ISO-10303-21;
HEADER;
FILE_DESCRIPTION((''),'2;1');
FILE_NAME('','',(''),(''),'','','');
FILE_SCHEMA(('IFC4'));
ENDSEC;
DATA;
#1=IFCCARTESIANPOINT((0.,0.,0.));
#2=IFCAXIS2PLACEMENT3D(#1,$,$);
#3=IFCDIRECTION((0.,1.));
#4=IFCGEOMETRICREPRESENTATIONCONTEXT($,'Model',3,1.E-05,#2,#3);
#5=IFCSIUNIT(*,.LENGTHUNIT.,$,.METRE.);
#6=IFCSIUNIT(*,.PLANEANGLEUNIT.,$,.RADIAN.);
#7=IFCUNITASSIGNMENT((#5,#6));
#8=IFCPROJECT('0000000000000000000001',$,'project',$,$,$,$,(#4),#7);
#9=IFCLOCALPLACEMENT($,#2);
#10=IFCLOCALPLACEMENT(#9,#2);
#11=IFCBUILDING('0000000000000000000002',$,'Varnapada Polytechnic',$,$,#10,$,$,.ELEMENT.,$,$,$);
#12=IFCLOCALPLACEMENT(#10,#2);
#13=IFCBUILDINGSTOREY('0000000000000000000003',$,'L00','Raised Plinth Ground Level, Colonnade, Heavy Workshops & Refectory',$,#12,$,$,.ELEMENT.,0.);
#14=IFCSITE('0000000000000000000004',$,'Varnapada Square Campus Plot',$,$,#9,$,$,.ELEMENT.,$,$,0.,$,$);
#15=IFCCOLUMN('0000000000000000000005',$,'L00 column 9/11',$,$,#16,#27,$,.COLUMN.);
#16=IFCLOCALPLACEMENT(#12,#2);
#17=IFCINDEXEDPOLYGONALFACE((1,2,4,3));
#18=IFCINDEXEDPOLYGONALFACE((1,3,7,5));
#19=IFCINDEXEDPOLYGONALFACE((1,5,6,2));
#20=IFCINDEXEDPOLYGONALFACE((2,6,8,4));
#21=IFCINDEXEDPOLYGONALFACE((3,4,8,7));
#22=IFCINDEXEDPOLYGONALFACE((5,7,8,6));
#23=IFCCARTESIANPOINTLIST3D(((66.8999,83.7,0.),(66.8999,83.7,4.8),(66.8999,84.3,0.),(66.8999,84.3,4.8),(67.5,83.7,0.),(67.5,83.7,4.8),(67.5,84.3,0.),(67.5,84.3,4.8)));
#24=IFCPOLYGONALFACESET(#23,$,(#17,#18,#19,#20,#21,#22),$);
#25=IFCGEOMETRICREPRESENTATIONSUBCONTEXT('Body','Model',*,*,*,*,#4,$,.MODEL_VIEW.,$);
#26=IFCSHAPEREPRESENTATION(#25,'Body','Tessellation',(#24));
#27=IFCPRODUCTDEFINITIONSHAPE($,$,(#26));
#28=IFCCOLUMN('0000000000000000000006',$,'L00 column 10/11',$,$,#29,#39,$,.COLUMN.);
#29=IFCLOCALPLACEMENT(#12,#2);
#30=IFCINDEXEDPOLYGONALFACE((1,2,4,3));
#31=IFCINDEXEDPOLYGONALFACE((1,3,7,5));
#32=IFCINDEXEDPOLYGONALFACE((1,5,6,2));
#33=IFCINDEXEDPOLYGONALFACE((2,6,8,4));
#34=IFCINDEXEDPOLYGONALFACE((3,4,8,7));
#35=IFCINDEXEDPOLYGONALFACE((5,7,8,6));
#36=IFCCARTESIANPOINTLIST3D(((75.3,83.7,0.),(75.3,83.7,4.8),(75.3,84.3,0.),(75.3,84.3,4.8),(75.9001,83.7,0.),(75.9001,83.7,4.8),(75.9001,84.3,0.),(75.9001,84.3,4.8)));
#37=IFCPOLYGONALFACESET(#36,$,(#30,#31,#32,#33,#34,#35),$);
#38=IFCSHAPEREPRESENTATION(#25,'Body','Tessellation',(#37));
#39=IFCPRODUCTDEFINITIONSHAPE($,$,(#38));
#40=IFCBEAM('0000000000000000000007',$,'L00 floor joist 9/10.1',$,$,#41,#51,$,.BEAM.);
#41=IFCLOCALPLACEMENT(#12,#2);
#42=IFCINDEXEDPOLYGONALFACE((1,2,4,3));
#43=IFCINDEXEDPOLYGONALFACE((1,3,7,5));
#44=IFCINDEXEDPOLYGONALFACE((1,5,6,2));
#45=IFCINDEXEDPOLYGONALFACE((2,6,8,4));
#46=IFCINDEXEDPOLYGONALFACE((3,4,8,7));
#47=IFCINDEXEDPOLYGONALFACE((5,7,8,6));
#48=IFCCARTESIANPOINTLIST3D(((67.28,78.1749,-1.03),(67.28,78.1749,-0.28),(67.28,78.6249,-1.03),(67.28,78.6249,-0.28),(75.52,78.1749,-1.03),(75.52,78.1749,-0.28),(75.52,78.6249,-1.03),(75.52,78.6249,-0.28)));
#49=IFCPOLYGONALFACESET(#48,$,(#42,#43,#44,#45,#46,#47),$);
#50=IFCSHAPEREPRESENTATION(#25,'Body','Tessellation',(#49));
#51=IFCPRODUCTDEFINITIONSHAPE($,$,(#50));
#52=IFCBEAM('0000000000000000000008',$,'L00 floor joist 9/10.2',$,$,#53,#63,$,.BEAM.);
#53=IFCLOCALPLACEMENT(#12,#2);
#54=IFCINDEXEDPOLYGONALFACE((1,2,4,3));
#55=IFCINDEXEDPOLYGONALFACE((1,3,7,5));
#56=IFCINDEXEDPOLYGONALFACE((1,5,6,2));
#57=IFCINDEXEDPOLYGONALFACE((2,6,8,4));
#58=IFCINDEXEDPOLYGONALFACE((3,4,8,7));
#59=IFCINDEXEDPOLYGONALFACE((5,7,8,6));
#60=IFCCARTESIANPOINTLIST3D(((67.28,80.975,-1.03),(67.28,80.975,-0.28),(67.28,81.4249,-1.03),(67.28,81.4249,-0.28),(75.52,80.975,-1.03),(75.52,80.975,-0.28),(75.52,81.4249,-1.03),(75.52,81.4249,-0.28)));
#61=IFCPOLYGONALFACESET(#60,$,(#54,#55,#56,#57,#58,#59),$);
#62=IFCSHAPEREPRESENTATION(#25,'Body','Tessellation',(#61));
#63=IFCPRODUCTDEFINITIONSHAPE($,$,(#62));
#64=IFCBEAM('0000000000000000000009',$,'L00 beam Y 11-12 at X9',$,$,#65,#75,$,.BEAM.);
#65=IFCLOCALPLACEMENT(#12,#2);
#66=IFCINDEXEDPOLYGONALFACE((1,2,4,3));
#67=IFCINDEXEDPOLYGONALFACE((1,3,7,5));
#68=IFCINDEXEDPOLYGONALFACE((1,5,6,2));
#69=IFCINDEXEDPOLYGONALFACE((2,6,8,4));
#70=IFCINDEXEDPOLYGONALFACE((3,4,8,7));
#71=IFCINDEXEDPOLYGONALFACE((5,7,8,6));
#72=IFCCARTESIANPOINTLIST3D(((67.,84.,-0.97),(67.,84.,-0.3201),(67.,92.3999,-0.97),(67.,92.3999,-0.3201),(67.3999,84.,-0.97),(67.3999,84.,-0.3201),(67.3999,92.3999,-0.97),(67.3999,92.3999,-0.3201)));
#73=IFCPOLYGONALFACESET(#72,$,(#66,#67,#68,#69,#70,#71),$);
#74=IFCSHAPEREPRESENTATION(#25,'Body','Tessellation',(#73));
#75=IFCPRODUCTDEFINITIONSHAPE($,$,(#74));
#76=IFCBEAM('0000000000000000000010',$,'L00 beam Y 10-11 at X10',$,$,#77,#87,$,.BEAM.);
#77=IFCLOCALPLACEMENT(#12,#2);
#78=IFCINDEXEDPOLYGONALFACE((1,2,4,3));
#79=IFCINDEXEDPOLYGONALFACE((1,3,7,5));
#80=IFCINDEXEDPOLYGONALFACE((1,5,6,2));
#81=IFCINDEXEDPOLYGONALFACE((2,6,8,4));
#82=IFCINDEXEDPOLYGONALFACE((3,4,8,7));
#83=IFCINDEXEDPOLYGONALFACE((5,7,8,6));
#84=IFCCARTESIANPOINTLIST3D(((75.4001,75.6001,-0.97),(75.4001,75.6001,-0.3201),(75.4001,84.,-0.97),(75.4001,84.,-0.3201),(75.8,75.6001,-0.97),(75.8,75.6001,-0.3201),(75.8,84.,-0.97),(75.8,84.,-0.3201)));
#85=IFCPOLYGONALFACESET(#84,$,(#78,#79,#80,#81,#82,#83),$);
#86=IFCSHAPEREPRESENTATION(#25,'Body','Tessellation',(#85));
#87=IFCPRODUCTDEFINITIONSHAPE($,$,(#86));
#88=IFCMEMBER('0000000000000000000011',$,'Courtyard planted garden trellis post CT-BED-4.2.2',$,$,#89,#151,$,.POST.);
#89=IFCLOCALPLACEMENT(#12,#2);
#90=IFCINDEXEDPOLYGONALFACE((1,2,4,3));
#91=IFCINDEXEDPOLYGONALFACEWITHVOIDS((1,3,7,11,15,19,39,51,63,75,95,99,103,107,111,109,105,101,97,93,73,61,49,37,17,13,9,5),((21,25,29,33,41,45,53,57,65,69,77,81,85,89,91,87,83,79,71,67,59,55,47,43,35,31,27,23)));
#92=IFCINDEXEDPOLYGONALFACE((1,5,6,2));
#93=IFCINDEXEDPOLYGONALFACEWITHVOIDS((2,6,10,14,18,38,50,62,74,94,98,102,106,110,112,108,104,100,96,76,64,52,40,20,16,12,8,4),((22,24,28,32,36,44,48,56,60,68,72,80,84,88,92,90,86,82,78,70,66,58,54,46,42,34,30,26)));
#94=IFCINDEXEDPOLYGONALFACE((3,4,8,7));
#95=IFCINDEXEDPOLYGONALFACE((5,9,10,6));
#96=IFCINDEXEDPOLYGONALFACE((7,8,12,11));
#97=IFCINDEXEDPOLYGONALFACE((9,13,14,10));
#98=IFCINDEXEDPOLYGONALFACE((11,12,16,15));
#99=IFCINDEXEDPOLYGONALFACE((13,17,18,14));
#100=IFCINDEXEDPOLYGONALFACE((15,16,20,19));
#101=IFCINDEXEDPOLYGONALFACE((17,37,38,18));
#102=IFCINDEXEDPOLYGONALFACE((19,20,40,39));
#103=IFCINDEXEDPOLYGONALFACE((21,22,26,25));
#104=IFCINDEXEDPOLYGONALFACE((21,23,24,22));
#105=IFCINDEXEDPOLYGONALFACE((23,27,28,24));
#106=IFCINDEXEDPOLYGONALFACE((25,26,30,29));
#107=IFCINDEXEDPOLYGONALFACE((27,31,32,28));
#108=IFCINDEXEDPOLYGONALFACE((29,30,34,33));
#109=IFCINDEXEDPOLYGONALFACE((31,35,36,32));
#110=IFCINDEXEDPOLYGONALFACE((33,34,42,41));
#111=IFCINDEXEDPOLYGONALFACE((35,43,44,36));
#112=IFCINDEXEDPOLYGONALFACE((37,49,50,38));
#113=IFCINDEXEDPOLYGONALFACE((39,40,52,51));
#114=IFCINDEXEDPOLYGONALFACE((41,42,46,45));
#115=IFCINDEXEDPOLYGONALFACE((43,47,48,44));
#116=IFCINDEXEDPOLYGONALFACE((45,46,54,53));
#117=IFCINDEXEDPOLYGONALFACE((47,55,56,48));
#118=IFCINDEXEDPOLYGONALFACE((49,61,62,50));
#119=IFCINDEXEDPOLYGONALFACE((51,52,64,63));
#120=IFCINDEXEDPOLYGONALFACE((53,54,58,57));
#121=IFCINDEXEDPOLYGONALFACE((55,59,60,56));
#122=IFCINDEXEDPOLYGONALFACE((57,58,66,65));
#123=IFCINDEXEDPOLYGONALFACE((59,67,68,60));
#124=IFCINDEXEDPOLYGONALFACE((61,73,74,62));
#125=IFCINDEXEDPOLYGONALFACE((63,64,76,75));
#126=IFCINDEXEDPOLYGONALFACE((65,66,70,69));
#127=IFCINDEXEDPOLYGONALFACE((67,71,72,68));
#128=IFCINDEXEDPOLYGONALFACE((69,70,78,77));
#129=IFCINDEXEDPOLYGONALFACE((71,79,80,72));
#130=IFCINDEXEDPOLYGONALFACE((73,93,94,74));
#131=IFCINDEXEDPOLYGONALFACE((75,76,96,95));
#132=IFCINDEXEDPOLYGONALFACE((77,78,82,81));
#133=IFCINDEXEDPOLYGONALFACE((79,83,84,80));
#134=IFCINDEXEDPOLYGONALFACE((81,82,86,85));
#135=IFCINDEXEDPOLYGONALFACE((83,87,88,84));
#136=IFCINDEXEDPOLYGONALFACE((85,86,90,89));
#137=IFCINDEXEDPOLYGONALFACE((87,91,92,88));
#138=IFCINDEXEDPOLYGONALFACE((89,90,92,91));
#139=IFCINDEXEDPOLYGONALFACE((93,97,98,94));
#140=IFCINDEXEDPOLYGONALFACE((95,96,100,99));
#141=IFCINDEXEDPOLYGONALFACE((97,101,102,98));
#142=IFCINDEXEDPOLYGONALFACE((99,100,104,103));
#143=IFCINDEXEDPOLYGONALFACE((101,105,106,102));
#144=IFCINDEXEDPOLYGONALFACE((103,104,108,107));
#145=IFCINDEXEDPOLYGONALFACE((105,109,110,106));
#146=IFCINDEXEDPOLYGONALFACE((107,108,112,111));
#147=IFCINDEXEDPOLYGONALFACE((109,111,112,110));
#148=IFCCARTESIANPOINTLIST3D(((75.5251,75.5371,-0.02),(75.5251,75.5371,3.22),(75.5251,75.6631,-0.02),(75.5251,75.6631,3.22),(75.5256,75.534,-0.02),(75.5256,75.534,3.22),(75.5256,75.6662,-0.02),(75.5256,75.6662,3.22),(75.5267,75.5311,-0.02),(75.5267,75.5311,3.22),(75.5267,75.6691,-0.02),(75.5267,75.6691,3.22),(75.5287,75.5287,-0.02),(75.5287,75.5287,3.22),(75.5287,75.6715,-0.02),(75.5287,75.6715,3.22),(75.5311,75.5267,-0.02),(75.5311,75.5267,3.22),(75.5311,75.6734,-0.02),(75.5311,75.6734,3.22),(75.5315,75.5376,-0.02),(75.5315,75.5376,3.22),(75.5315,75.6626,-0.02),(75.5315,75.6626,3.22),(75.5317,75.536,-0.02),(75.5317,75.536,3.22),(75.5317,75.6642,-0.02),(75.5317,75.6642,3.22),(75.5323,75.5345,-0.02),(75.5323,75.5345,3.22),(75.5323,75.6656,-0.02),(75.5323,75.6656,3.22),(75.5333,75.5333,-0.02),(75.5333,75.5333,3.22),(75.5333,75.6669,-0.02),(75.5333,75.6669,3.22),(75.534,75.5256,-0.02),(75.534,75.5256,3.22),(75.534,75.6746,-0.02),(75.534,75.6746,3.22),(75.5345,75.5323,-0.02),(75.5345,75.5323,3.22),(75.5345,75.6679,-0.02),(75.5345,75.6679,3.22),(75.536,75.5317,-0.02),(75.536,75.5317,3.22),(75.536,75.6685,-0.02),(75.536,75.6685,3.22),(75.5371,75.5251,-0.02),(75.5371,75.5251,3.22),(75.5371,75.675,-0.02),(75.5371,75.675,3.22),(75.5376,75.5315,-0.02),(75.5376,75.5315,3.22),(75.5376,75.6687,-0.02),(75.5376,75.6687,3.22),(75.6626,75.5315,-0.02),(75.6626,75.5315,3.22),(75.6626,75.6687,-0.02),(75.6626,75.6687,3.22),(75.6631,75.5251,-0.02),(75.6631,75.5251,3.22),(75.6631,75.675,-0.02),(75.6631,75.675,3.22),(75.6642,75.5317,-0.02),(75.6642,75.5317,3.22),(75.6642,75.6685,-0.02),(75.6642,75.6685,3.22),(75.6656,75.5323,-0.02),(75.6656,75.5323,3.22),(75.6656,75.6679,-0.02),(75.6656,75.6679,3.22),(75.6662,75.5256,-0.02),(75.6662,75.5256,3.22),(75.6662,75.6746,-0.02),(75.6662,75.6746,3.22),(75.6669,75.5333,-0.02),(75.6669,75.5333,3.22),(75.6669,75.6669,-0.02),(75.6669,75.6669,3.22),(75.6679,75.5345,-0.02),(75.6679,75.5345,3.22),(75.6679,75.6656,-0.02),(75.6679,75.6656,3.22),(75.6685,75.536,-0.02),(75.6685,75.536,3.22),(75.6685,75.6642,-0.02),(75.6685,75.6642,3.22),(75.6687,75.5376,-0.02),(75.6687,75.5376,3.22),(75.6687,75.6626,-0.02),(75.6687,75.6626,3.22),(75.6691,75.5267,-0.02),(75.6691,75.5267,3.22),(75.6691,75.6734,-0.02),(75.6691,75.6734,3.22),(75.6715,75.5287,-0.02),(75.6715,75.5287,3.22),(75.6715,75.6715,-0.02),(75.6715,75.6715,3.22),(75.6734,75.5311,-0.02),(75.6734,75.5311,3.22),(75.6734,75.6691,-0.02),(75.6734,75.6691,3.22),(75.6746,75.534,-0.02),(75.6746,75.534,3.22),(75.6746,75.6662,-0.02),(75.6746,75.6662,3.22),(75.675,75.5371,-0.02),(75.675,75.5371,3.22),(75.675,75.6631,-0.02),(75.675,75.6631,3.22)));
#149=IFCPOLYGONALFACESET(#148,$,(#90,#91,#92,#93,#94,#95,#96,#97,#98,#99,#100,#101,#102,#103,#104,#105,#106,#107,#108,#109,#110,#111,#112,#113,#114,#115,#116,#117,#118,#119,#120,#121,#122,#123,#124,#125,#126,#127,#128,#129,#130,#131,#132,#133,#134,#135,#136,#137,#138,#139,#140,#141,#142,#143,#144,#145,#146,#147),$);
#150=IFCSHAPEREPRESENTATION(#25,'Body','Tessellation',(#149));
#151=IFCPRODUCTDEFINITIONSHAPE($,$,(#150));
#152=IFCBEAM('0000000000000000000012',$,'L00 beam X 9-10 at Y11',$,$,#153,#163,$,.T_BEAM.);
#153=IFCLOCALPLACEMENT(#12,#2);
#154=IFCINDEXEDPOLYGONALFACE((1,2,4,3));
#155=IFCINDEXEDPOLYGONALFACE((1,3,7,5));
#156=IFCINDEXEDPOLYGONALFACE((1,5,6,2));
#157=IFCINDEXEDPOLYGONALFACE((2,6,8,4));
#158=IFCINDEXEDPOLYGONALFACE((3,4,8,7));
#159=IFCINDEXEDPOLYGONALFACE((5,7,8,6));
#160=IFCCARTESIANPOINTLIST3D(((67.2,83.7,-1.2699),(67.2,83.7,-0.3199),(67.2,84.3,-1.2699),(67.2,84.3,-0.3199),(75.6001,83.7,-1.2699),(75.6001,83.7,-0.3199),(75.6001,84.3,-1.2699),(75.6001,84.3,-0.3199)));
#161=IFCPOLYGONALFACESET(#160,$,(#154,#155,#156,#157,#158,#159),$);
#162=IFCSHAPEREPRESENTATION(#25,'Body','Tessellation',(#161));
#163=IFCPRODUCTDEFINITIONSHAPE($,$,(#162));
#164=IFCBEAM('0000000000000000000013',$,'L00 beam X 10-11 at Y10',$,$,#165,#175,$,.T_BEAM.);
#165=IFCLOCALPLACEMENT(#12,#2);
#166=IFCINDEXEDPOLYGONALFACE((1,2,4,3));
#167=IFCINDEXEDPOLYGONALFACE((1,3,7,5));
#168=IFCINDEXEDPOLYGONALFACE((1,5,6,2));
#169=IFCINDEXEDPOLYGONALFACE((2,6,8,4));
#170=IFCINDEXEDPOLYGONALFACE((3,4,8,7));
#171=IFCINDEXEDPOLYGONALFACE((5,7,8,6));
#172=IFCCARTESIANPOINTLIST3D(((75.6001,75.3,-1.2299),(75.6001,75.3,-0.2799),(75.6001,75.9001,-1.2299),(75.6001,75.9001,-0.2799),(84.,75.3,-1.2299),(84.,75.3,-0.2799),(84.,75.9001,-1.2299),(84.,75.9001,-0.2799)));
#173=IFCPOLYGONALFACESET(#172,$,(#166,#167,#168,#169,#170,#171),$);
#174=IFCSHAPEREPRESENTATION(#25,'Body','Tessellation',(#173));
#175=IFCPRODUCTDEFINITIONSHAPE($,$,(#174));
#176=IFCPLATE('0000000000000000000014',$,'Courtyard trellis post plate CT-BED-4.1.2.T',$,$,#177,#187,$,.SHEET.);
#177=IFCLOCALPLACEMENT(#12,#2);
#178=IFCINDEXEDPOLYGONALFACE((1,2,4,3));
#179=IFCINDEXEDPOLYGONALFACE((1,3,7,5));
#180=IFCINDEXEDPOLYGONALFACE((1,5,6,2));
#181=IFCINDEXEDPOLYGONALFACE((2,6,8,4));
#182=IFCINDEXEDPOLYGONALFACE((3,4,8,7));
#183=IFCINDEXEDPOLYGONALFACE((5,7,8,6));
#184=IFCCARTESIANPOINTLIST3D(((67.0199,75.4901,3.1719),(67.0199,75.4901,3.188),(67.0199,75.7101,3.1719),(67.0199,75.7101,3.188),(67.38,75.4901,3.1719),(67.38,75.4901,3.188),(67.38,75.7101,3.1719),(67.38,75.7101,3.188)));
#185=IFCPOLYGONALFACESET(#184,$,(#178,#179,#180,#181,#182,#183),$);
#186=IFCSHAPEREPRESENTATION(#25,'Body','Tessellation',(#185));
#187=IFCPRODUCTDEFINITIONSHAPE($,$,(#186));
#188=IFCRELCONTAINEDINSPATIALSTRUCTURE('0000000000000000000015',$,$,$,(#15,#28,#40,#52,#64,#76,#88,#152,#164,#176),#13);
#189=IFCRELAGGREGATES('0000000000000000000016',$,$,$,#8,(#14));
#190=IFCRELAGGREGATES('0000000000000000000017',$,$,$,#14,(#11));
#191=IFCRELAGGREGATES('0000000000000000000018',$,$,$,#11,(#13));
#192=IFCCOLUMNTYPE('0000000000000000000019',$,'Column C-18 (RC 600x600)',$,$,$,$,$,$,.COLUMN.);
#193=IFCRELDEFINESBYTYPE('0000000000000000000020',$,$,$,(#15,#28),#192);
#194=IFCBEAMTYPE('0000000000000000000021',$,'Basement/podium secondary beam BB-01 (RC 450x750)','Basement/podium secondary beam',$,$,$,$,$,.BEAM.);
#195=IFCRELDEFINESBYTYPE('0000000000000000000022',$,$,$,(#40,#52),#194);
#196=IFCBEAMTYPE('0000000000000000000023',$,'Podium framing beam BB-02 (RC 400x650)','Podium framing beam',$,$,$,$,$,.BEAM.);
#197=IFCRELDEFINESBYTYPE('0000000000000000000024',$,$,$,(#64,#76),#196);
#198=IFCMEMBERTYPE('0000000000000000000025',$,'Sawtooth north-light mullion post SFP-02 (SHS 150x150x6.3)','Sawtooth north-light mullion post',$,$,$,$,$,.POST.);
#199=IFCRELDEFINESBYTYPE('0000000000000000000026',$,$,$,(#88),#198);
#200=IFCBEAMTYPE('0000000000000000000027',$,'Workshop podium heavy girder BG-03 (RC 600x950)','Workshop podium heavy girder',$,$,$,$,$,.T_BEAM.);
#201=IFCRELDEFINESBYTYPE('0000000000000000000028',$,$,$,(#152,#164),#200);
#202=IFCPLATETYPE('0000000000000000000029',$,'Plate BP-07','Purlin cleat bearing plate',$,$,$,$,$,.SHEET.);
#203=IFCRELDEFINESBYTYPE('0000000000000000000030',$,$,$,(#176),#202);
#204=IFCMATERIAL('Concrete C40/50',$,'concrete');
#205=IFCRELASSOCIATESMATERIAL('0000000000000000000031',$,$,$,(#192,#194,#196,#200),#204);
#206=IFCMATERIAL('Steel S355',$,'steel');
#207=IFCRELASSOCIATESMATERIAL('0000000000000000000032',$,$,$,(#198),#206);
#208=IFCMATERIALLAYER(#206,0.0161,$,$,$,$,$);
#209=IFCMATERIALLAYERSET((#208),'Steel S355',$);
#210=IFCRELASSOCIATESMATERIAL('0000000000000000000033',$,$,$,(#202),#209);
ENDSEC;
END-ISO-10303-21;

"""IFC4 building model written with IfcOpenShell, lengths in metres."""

from ifc_helpers import new_model, si_unit, direction, frame, origin, origin_2d, place, context, subcontext, project, spatial, rectangle, hollow_rectangle, extrude, material, layer, layer_set, material_profile, profile_set, type_object, element, save


model = new_model("IFC4")

# Units and contexts
model_context = context("Model", 3, precision=1e-05, world=origin(), true_north=direction((0.0, 1.0)))
body_context = subcontext(model_context, "Body", "Model", "MODEL_VIEW")
ifc_project = project(units=[si_unit("LENGTHUNIT", "METRE"), si_unit("PLANEANGLEUNIT", "RADIAN")], contexts=[model_context])

# Site, building, storey
site_placement = place(None, origin())
site = spatial("IfcSite", under=ifc_project, at=site_placement, Name="Varnapada Square Campus Plot", CompositionType="ELEMENT", RefElevation=0.0)
building_placement = place(site_placement, origin())
building = spatial("IfcBuilding", under=site, at=building_placement, Name="Varnapada Polytechnic", CompositionType="ELEMENT")
storey_placement = place(building_placement, origin())
storey = spatial("IfcBuildingStorey", under=building, at=storey_placement, Name="L00", Description="Raised Plinth Ground Level, Colonnade, Heavy Workshops & Refectory", CompositionType="ELEMENT", Elevation=0.0)

# Columns
ifc_material_1 = material(Name="Concrete C40/50", Category="concrete")
ifc_material_profile_1 = material_profile(ifc_material_1, rectangle(XDim=0.6001, YDim=0.6001, at=origin_2d()), Name="RC 600x600")
ifc_profile_set_1 = profile_set([ifc_material_profile_1], Name="Concrete C40/50")
column_type = type_object("IfcColumnType", Name="Column C-18 (RC 600x600)", PredefinedType="COLUMN", material=ifc_profile_set_1)
for number, where, z_axis, x_axis, name in (
    (1, (67.2, 84.0, 0.0), (0.0, 0.0, 1.0), (1.0, 0.0, 0.0), "L00 column 9/11"),
    (2, (75.6001, 84.0, 0.0), (0.0, 0.0, 1.0), (1.0, 0.0, 0.0), "L00 column 10/11"),
):
    element("IfcColumn", number, at=place(storey_placement, frame(where, z_axis=z_axis, x_axis=x_axis)), inside=storey, type_object=column_type, Name=name, PredefinedType="COLUMN", context=body_context, shape_type="SweptSolid", body=[
        extrude(rectangle(XDim=0.6001, YDim=0.6001, at=origin_2d()), origin(), (0.0, 0.0, 1.0), 4.8),
    ])

# Beams
ifc_material_profile_2 = material_profile(ifc_material_1, rectangle(XDim=0.45, YDim=0.75, at=origin_2d()), Name="RC 450x750")
ifc_profile_set_2 = profile_set([ifc_material_profile_2], Name="Concrete C40/50")
beam_type_1 = type_object("IfcBeamType", Name="Basement/podium secondary beam BB-01 (RC 450x750)", Description="Basement/podium secondary beam", PredefinedType="BEAM", material=ifc_profile_set_2)
for number, where, z_axis, x_axis, name in (
    (3, (67.28, 78.3999, -0.655), (1.0, 0.0, 0.0), (0.0, 1.0, 0.0), "L00 floor joist 9/10.1"),
    (4, (67.28, 81.2, -0.655), (1.0, 0.0, 0.0), (0.0, 1.0, 0.0), "L00 floor joist 9/10.2"),
):
    element("IfcBeam", number, at=place(storey_placement, frame(where, z_axis=z_axis, x_axis=x_axis)), inside=storey, type_object=beam_type_1, Name=name, PredefinedType="BEAM", context=body_context, shape_type="SweptSolid", body=[
        extrude(rectangle(XDim=0.45, YDim=0.75, at=origin_2d()), origin(), (0.0, 0.0, 1.0), 8.24),
    ])
ifc_material_profile_3 = material_profile(ifc_material_1, rectangle(XDim=0.3999, YDim=0.6499, at=origin_2d()), Name="RC 400x650")
ifc_profile_set_3 = profile_set([ifc_material_profile_3], Name="Concrete C40/50")
beam_type_2 = type_object("IfcBeamType", Name="Podium framing beam BB-02 (RC 400x650)", Description="Podium framing beam", PredefinedType="BEAM", material=ifc_profile_set_3)
for number, where, z_axis, x_axis, name in (
    (5, (67.2, 84.0, -0.645), (0.0, 1.0, 0.0), (-1.0, 0.0, 0.0), "L00 beam Y 11-12 at X9"),
    (6, (75.6001, 75.6001, -0.645), (0.0, 1.0, 0.0), (-1.0, 0.0, 0.0), "L00 beam Y 10-11 at X10"),
):
    element("IfcBeam", number, at=place(storey_placement, frame(where, z_axis=z_axis, x_axis=x_axis)), inside=storey, type_object=beam_type_2, Name=name, PredefinedType="BEAM", context=body_context, shape_type="SweptSolid", body=[
        extrude(rectangle(XDim=0.3999, YDim=0.6499, at=origin_2d()), origin(), (0.0, 0.0, 1.0), 8.3999),
    ])

# Member
ifc_material_2 = material(Name="Steel S355", Category="steel")
ifc_material_profile_4 = material_profile(ifc_material_2, hollow_rectangle(XDim=0.1499, YDim=0.1499, WallThickness=0.0063, InnerFilletRadius=0.0061, OuterFilletRadius=0.012, at=origin_2d()), Name="SHS 150x150x6.3")
ifc_profile_set_4 = profile_set([ifc_material_profile_4], Name="Steel S355")
member_type = type_object("IfcMemberType", Name="Sawtooth north-light mullion post SFP-02 (SHS 150x150x6.3)", Description="Sawtooth north-light mullion post", PredefinedType="POST", material=ifc_profile_set_4)
member_placement = place(storey_placement, frame((75.6001, 75.6001, -0.02), z_axis=(0.0, 0.0, 1.0), x_axis=(1.0, 0.0, 0.0)))
element("IfcMember", 7, at=member_placement, inside=storey, type_object=member_type, Name="Courtyard planted garden trellis post CT-BED-4.2.2", PredefinedType="POST", context=body_context, shape_type="SweptSolid", body=[
    extrude(hollow_rectangle(XDim=0.1499, YDim=0.1499, WallThickness=0.0063, InnerFilletRadius=0.0061, OuterFilletRadius=0.012, at=origin_2d()), origin(), (0.0, 0.0, 1.0), 3.24),
])

# Beams
ifc_material_profile_5 = material_profile(ifc_material_1, rectangle(XDim=0.6001, YDim=0.95, at=origin_2d()), Name="RC 600x950")
ifc_profile_set_5 = profile_set([ifc_material_profile_5], Name="Concrete C40/50")
beam_type_3 = type_object("IfcBeamType", Name="Workshop podium heavy girder BG-03 (RC 600x950)", Description="Workshop podium heavy girder", PredefinedType="T_BEAM", material=ifc_profile_set_5)
beam_1_placement = place(storey_placement, frame((67.2, 84.0, -0.7949), z_axis=(1.0, 0.0, 0.0), x_axis=(0.0, 1.0, 0.0)))
element("IfcBeam", 8, at=beam_1_placement, inside=storey, type_object=beam_type_3, Name="L00 beam X 9-10 at Y11", PredefinedType="T_BEAM", context=body_context, shape_type="SweptSolid", body=[
    extrude(rectangle(XDim=0.6001, YDim=0.95, at=origin_2d()), origin(), (0.0, 0.0, 1.0), 8.4001),
])
beam_2_placement = place(storey_placement, frame((75.6001, 75.6001, -0.7549), z_axis=(1.0, 0.0, 0.0), x_axis=(0.0, 1.0, 0.0)))
element("IfcBeam", 9, at=beam_2_placement, inside=storey, type_object=beam_type_3, Name="L00 beam X 10-11 at Y10", PredefinedType="T_BEAM", context=body_context, shape_type="SweptSolid", body=[
    extrude(rectangle(XDim=0.6001, YDim=0.95, at=origin_2d()), origin(), (0.0, 0.0, 1.0), 8.3999),
])

# Plate
ifc_layer_1 = layer(ifc_material_2, 0.0161)
ifc_layer_set_1 = layer_set([ifc_layer_1], Name="Steel S355")
plate_type = type_object("IfcPlateType", Name="Plate BP-07", Description="Purlin cleat bearing plate", PredefinedType="SHEET", material=ifc_layer_set_1)
for number, where, z_axis, x_axis, name in (
    (10, (67.2, 75.6001, 3.1719), (0.0, 0.0, 1.0), (1.0, 0.0, 0.0), "Courtyard trellis post plate CT-BED-4.1.2.T"),
):
    element("IfcPlate", number, at=place(storey_placement, frame(where, z_axis=z_axis, x_axis=x_axis)), inside=storey, type_object=plate_type, Name=name, PredefinedType="SHEET", context=body_context, shape_type="SweptSolid", body=[
        extrude(rectangle(XDim=0.3601, YDim=0.22, at=origin_2d()), origin(), (0.0, 0.0, 1.0), 0.0161),
    ])

save(model, "model.ifc")
